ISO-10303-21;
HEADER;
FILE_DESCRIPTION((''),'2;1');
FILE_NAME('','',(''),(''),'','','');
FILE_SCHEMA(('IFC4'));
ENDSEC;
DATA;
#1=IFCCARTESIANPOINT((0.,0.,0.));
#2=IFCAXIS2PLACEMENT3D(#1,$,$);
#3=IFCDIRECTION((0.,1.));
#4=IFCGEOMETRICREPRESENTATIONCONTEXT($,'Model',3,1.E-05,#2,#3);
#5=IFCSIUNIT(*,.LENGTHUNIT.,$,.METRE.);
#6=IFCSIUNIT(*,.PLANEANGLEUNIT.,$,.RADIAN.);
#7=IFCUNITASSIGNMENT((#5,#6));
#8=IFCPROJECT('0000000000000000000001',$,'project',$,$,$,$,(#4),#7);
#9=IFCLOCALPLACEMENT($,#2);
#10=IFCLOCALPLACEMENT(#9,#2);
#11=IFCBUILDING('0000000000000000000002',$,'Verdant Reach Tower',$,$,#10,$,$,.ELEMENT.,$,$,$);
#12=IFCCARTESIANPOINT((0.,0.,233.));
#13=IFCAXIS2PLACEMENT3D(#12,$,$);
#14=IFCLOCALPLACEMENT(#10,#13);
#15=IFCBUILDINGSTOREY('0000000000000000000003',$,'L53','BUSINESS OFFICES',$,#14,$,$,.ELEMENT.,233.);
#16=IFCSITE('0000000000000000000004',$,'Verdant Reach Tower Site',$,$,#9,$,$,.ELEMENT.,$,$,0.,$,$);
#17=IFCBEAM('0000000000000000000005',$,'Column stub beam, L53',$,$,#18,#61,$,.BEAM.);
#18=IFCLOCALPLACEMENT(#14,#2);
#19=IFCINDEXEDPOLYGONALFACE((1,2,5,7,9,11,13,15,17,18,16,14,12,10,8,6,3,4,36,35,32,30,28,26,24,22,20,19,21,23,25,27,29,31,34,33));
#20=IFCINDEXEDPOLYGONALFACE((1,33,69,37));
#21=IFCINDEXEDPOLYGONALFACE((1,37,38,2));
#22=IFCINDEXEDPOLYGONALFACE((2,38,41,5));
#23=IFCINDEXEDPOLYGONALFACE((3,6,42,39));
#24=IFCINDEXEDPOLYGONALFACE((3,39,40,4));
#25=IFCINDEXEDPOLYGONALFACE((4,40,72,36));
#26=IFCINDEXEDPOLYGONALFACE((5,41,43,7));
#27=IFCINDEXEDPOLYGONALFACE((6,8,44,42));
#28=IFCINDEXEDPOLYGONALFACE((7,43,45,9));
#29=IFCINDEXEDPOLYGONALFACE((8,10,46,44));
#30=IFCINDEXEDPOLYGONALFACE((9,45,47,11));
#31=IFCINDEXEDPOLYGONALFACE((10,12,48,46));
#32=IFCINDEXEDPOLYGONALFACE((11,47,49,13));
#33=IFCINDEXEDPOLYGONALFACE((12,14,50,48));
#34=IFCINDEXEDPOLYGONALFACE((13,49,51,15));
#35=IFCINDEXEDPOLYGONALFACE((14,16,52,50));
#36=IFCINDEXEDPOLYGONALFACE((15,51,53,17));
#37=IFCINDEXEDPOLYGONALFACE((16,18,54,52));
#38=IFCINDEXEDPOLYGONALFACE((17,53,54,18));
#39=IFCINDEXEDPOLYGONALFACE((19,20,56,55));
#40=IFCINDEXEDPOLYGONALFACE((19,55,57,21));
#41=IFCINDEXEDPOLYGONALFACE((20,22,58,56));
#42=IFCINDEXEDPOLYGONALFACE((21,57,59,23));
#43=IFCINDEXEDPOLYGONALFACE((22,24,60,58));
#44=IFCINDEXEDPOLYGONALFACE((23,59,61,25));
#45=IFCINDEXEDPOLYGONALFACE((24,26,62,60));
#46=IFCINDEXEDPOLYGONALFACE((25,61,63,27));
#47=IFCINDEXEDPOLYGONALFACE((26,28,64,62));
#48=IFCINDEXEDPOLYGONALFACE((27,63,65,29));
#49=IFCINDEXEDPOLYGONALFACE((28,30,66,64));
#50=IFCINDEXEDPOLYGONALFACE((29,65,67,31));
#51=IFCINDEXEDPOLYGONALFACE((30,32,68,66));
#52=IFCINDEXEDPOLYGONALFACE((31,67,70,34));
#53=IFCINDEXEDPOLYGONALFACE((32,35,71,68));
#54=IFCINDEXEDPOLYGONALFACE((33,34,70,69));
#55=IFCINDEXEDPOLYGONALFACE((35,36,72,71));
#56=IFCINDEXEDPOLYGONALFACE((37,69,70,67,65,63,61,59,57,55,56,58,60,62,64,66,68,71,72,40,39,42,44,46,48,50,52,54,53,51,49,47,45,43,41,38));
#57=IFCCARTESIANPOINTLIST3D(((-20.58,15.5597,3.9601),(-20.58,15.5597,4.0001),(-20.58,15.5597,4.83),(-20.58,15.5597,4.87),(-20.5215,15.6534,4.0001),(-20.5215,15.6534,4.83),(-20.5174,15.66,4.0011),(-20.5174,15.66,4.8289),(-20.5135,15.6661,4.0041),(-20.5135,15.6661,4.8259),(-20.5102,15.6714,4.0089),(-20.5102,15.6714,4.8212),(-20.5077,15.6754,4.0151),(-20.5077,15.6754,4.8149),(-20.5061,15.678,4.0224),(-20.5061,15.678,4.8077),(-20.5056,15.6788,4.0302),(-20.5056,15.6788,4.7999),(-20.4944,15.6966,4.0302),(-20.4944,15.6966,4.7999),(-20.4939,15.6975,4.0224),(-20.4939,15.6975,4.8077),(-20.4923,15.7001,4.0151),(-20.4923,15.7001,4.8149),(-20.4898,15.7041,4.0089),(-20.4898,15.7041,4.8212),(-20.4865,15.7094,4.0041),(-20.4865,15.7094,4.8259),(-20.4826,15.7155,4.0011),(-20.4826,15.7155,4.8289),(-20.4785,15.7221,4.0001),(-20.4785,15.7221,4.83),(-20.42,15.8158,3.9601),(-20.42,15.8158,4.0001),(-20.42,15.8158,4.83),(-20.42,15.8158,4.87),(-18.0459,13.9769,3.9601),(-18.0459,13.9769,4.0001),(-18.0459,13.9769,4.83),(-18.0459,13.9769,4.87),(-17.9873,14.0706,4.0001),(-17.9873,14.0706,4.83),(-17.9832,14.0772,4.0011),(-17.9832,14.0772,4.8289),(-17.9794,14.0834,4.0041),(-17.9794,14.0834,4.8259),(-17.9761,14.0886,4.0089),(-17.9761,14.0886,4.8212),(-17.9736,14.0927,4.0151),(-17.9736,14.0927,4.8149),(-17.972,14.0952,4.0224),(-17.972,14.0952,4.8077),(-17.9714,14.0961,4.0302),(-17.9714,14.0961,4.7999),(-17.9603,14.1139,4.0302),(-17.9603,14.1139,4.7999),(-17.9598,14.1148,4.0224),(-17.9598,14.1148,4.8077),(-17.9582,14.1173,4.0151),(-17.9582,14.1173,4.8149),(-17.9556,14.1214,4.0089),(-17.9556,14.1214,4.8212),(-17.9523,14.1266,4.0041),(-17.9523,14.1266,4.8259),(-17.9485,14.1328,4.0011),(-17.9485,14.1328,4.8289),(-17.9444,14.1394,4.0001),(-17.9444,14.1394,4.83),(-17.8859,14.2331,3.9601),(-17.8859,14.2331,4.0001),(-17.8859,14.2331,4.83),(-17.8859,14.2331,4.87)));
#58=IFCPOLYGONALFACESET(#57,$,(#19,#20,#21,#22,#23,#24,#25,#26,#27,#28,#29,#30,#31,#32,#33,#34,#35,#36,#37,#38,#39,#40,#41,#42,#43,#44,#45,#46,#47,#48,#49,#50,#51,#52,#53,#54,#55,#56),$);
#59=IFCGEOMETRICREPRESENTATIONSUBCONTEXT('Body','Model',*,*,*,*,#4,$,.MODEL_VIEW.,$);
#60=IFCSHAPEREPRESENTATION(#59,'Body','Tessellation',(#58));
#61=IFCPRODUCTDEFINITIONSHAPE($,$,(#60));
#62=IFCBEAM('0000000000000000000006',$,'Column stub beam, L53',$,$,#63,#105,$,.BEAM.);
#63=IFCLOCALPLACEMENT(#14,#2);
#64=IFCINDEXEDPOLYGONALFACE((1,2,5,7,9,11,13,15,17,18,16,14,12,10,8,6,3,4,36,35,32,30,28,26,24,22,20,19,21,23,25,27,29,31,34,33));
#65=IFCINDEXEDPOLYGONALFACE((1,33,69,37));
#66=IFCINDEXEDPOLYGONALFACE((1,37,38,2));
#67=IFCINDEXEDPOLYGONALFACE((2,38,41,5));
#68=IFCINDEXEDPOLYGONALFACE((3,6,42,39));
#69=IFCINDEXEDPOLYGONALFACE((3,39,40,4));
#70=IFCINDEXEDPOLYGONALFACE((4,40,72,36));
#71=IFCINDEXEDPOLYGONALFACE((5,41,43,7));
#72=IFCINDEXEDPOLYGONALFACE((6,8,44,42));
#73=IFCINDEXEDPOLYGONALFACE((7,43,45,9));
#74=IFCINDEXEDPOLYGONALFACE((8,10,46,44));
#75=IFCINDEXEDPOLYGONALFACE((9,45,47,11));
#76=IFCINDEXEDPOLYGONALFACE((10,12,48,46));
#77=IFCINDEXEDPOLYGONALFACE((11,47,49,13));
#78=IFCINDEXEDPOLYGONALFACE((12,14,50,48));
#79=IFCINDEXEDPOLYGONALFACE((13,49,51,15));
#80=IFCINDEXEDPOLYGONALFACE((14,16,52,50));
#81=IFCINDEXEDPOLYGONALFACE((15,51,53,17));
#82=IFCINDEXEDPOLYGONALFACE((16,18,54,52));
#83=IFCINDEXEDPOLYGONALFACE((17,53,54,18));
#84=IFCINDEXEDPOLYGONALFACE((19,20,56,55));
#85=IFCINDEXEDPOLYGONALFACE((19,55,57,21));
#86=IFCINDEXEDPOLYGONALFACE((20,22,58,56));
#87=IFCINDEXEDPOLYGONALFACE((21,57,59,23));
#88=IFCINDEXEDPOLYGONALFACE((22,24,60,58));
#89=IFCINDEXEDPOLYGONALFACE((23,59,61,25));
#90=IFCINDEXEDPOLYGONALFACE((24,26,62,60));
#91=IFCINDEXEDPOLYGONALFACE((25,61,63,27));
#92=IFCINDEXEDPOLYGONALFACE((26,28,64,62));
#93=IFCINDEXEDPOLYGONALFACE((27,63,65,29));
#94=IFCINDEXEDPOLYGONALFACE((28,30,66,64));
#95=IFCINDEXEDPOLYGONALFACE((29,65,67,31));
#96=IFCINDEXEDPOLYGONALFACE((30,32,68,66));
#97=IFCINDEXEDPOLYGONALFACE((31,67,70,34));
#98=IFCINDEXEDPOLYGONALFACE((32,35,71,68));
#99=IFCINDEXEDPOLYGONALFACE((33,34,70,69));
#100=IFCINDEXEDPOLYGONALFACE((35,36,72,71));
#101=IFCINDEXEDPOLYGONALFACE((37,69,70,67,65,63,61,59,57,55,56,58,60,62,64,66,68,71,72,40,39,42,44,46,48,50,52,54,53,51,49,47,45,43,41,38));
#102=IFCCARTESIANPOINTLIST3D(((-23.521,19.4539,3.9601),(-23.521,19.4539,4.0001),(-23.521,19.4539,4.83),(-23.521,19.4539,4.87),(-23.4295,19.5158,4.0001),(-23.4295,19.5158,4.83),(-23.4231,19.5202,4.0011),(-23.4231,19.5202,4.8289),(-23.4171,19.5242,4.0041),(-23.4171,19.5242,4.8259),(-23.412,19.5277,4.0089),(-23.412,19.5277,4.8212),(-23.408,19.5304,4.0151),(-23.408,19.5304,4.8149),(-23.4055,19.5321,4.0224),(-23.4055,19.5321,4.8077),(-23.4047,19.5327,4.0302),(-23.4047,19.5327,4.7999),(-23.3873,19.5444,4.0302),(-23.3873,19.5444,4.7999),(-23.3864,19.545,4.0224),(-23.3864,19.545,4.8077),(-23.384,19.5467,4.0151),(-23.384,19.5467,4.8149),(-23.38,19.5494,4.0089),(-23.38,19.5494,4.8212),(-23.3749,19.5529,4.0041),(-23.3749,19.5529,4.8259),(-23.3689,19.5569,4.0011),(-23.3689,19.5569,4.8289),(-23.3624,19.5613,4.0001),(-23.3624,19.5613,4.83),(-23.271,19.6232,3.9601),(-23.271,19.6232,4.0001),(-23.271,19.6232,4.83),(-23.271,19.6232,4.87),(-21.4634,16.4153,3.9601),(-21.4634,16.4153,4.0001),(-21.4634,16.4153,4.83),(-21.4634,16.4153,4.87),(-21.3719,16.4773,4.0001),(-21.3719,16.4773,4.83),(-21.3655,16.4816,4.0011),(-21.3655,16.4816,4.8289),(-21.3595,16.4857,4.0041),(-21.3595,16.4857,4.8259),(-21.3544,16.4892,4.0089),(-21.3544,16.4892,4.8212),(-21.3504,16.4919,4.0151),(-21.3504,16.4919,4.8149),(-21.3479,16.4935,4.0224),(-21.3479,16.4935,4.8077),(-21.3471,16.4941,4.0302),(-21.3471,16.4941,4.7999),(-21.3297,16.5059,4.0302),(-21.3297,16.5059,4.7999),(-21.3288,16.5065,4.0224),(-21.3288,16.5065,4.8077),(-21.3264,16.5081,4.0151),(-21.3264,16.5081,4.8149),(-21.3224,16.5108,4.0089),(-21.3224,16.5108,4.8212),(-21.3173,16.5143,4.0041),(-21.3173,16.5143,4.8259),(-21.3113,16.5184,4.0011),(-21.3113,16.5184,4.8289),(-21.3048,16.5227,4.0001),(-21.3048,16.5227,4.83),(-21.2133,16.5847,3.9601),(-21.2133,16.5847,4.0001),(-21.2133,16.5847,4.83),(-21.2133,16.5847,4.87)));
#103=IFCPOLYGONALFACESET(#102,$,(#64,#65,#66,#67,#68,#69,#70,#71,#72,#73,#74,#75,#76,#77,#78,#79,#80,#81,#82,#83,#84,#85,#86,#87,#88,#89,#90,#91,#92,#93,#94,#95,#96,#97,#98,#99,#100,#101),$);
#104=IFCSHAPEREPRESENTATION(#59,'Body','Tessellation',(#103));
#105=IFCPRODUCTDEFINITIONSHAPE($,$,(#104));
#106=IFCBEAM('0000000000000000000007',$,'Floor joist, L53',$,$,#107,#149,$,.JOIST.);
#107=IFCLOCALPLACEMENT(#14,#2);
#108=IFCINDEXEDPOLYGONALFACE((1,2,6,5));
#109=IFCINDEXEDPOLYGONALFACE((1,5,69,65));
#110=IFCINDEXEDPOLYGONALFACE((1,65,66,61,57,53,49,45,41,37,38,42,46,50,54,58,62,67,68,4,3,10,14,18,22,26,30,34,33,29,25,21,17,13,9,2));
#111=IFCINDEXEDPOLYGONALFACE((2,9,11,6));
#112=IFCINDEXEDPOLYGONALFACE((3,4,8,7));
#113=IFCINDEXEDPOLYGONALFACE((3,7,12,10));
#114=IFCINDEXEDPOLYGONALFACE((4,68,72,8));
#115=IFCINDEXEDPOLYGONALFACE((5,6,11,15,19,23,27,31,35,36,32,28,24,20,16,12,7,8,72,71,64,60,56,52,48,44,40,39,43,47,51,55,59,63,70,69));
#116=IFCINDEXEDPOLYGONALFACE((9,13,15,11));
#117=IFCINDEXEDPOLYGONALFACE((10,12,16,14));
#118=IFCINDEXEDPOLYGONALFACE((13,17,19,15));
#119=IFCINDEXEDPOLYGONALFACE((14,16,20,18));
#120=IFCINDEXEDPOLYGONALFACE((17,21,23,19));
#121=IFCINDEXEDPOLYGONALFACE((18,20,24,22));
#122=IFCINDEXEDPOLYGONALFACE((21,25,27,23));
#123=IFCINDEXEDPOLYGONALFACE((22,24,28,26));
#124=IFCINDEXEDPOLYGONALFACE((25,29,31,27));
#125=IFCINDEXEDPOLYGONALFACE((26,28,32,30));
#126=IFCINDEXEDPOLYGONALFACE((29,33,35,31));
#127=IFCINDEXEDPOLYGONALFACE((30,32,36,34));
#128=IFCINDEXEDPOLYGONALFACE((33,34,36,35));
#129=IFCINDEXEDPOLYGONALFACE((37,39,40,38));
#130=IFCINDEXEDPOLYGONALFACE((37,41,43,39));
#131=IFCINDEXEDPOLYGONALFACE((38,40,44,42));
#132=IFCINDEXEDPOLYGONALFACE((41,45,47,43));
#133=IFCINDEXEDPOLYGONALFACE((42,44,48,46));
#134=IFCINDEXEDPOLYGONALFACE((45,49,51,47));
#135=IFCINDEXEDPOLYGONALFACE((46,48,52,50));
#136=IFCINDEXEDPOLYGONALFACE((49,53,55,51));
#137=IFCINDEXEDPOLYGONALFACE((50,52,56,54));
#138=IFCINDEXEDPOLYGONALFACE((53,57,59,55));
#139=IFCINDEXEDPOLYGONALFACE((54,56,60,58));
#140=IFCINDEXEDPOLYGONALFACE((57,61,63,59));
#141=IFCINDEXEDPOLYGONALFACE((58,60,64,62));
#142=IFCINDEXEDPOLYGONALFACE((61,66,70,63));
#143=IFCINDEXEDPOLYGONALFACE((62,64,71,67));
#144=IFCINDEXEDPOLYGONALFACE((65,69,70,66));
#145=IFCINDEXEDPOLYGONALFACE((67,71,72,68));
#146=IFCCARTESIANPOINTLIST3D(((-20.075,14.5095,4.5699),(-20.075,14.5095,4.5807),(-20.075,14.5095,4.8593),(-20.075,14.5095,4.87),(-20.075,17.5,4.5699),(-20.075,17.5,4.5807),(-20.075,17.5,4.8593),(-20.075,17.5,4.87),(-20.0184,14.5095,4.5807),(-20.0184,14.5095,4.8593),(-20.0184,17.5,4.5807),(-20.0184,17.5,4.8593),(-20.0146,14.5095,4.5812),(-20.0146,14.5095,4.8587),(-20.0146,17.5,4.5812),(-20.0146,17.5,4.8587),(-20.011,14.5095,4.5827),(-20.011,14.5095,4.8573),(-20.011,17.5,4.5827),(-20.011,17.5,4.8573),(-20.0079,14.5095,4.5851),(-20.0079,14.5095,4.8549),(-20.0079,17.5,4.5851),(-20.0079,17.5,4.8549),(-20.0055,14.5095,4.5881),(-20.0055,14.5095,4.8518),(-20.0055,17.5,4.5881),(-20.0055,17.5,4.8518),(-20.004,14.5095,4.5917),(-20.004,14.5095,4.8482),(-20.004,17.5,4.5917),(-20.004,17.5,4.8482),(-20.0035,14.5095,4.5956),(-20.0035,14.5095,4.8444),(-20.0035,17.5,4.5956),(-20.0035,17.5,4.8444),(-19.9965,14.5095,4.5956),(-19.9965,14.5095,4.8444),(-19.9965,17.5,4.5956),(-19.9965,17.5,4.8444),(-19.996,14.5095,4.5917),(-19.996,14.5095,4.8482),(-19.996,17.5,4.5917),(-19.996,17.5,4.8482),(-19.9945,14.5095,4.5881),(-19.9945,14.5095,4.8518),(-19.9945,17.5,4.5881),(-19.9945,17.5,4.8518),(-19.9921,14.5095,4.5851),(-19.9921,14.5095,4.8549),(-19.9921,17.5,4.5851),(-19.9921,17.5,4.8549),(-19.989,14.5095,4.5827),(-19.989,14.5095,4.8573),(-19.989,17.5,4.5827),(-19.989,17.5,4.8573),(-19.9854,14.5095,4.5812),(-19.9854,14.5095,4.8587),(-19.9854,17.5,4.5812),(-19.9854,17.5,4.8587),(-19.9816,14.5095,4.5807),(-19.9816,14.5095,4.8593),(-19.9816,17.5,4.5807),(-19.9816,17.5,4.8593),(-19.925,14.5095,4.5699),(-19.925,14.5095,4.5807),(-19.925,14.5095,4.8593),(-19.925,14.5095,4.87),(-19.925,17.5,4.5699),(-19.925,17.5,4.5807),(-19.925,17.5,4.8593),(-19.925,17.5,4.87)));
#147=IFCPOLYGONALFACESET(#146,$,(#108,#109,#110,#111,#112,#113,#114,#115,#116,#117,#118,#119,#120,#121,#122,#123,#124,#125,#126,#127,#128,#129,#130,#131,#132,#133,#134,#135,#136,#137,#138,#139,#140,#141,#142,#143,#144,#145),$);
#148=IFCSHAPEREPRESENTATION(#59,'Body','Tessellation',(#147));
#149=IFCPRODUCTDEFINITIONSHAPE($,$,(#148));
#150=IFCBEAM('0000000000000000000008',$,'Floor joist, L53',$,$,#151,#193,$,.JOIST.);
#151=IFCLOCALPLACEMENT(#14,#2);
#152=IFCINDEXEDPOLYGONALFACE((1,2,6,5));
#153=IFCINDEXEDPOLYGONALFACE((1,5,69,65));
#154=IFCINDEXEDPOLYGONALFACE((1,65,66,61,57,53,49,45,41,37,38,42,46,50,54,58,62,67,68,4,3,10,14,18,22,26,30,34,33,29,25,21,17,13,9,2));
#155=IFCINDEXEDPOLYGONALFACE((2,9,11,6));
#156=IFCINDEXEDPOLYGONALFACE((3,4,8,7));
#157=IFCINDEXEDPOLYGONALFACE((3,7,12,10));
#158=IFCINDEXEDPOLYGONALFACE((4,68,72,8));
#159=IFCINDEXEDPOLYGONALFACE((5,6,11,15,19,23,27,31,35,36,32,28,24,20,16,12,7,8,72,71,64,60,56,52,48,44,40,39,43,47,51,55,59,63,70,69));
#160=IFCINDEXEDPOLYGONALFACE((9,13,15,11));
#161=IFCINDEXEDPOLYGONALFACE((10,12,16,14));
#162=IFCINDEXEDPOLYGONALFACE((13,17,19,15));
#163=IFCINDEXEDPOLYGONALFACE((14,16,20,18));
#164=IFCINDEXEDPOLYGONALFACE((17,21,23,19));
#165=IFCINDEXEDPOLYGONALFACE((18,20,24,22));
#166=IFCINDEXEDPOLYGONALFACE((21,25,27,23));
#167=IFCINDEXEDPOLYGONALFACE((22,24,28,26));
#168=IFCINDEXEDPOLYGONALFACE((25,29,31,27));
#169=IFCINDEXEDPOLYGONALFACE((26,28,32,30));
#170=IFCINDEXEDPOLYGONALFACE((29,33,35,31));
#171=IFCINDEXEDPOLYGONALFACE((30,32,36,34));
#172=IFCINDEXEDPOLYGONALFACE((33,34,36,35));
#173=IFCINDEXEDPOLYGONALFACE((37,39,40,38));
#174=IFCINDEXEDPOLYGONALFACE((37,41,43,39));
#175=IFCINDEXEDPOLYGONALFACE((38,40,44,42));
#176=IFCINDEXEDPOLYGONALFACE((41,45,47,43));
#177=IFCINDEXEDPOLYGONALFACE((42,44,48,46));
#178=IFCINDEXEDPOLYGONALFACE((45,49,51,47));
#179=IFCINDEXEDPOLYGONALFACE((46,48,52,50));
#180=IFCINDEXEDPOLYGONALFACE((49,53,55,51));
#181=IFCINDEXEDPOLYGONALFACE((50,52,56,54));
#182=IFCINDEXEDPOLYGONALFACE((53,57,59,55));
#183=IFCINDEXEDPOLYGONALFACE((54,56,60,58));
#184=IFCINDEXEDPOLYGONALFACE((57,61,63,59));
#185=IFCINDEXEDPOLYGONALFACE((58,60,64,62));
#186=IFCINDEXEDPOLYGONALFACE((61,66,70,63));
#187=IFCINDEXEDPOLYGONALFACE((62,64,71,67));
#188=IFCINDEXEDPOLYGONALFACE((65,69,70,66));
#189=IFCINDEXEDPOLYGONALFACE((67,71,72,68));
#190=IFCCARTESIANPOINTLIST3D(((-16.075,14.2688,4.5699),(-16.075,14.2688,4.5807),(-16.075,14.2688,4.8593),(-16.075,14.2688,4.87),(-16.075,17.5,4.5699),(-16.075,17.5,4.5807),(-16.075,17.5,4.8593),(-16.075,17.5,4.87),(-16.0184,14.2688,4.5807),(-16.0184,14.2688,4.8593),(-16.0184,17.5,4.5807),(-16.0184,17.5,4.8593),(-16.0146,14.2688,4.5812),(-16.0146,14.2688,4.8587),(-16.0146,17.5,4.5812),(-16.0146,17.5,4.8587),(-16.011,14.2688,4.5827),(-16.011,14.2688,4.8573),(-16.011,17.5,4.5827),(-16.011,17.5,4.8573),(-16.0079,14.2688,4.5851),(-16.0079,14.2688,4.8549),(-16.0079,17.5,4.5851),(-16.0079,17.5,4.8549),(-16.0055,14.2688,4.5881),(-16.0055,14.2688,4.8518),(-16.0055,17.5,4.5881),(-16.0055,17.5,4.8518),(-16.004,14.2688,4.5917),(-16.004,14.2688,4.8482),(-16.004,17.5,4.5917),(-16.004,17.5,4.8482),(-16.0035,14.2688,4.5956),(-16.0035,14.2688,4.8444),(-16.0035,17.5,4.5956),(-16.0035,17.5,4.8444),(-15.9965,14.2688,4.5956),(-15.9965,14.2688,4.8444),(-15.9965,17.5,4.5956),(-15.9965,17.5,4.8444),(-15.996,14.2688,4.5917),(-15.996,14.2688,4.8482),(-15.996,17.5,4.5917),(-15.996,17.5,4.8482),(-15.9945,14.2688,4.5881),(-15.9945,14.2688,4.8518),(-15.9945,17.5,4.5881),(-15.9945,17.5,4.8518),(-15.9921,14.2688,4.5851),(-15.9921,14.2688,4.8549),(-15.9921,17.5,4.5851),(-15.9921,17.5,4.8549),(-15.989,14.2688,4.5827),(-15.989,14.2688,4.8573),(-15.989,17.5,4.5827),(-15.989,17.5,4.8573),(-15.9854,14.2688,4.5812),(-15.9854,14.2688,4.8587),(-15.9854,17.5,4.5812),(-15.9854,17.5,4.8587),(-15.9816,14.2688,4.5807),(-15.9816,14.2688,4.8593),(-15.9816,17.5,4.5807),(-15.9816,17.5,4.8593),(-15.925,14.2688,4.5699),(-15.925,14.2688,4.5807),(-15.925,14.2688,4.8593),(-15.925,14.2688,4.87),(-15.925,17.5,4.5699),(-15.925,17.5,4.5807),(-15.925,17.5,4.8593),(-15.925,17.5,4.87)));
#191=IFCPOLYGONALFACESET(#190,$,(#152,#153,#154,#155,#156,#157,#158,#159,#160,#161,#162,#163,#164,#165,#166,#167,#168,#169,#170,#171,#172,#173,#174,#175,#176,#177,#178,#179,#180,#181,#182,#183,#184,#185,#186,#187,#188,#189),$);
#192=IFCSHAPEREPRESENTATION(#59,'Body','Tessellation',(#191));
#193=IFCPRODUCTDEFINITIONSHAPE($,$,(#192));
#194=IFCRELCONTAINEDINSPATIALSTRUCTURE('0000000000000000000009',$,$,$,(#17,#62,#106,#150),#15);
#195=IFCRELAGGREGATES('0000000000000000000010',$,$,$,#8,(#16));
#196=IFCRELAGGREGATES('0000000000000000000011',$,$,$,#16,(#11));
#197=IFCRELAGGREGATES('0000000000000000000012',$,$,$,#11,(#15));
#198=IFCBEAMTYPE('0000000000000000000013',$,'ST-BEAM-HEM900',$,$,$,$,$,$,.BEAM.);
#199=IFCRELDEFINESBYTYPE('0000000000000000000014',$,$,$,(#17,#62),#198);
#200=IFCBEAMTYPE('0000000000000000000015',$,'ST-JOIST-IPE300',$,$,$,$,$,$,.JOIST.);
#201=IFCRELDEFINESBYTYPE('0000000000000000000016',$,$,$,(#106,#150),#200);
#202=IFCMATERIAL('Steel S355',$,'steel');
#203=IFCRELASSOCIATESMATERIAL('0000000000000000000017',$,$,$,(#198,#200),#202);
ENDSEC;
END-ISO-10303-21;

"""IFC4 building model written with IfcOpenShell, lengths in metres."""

from ifc_helpers import new_model, si_unit, direction, frame, origin, origin_2d, place, context, subcontext, project, spatial, i_section, extrude, material, material_profile, profile_set, type_object, element, save


model = new_model("IFC4")

# Units and contexts
model_context = context("Model", 3, precision=1e-05, world=origin(), true_north=direction((0.0, 1.0)))
body_context = subcontext(model_context, "Body", "Model", "MODEL_VIEW")
ifc_project = project(units=[si_unit("LENGTHUNIT", "METRE"), si_unit("PLANEANGLEUNIT", "RADIAN")], contexts=[model_context])

# Site, building, storey
site_placement = place(None, origin())
site = spatial("IfcSite", under=ifc_project, at=site_placement, Name="Verdant Reach Tower Site", CompositionType="ELEMENT", RefElevation=0.0)
building_placement = place(site_placement, origin())
building = spatial("IfcBuilding", under=site, at=building_placement, Name="Verdant Reach Tower", CompositionType="ELEMENT")
storey_placement = place(building_placement, frame((0.0, 0.0, 233.0)))
storey = spatial("IfcBuildingStorey", under=building, at=storey_placement, Name="L53", Description="BUSINESS OFFICES", CompositionType="ELEMENT", Elevation=233.0)

# Beams
ifc_material_1 = material(Name="Steel S355", Category="steel")
ifc_material_profile_1 = material_profile(ifc_material_1, i_section(OverallWidth=0.302, OverallDepth=0.9099, WebThickness=0.021, FlangeThickness=0.04, FilletRadius=0.03, at=origin_2d()), Name="HEM 900")
ifc_profile_set_1 = profile_set([ifc_material_profile_1], Name="Steel S355")
beam_type_1 = type_object("IfcBeamType", Name="ST-BEAM-HEM900", PredefinedType="BEAM", material=ifc_profile_set_1)
beam_1_placement = place(storey_placement, frame((-20.5, 15.6877, 4.415), z_axis=(0.848164, -0.529735, 0.0), x_axis=(0.529735, 0.848164, 0.0)))
element("IfcBeam", 1, at=beam_1_placement, inside=storey, type_object=beam_type_1, Name="Column stub beam, L53", PredefinedType="BEAM", context=body_context, shape_type="SweptSolid", body=[
    extrude(i_section(OverallWidth=0.302, OverallDepth=0.9099, WebThickness=0.021, FlangeThickness=0.04, FilletRadius=0.03, at=origin_2d()), origin(), (0.0, 0.0, 1.0), 2.9878),
])
beam_2_placement = place(storey_placement, frame((-21.3384, 16.5, 4.415), z_axis=(-0.560704, 0.828016, 0.0), x_axis=(-0.828016, -0.560704, 0.0)))
element("IfcBeam", 2, at=beam_2_placement, inside=storey, type_object=beam_type_1, Name="Column stub beam, L53", PredefinedType="BEAM", context=body_context, shape_type="SweptSolid", body=[
    extrude(i_section(OverallWidth=0.302, OverallDepth=0.9099, WebThickness=0.021, FlangeThickness=0.04, FilletRadius=0.03, at=origin_2d()), origin(), (0.0, 0.0, 1.0), 3.6697),
])
ifc_material_profile_2 = material_profile(ifc_material_1, i_section(OverallWidth=0.1499, OverallDepth=0.3, WebThickness=0.0071, FlangeThickness=0.0107, FilletRadius=0.0149, at=origin_2d()), Name="IPE 300")
ifc_profile_set_2 = profile_set([ifc_material_profile_2], Name="Steel S355")
beam_type_2 = type_object("IfcBeamType", Name="ST-JOIST-IPE300", PredefinedType="JOIST", material=ifc_profile_set_2)
beam_3_placement = place(storey_placement, frame((-20.0, 17.5, 4.72), z_axis=(0.0, -1.0, 0.0), x_axis=(1.0, 0.0, 0.0)))
element("IfcBeam", 3, at=beam_3_placement, inside=storey, type_object=beam_type_2, Name="Floor joist, L53", PredefinedType="JOIST", context=body_context, shape_type="SweptSolid", body=[
    extrude(i_section(OverallWidth=0.1499, OverallDepth=0.3, WebThickness=0.0071, FlangeThickness=0.0107, FilletRadius=0.0149, at=origin_2d()), origin(), (0.0, 0.0, 1.0), 2.9905),
])
beam_4_placement = place(storey_placement, frame((-16.0, 17.5, 4.72), z_axis=(0.0, -1.0, 0.0), x_axis=(1.0, 0.0, 0.0)))
element("IfcBeam", 4, at=beam_4_placement, inside=storey, type_object=beam_type_2, Name="Floor joist, L53", PredefinedType="JOIST", context=body_context, shape_type="SweptSolid", body=[
    extrude(i_section(OverallWidth=0.1499, OverallDepth=0.3, WebThickness=0.0071, FlangeThickness=0.0107, FilletRadius=0.0149, at=origin_2d()), origin(), (0.0, 0.0, 1.0), 3.2312),
])

save(model, "model.ifc")
